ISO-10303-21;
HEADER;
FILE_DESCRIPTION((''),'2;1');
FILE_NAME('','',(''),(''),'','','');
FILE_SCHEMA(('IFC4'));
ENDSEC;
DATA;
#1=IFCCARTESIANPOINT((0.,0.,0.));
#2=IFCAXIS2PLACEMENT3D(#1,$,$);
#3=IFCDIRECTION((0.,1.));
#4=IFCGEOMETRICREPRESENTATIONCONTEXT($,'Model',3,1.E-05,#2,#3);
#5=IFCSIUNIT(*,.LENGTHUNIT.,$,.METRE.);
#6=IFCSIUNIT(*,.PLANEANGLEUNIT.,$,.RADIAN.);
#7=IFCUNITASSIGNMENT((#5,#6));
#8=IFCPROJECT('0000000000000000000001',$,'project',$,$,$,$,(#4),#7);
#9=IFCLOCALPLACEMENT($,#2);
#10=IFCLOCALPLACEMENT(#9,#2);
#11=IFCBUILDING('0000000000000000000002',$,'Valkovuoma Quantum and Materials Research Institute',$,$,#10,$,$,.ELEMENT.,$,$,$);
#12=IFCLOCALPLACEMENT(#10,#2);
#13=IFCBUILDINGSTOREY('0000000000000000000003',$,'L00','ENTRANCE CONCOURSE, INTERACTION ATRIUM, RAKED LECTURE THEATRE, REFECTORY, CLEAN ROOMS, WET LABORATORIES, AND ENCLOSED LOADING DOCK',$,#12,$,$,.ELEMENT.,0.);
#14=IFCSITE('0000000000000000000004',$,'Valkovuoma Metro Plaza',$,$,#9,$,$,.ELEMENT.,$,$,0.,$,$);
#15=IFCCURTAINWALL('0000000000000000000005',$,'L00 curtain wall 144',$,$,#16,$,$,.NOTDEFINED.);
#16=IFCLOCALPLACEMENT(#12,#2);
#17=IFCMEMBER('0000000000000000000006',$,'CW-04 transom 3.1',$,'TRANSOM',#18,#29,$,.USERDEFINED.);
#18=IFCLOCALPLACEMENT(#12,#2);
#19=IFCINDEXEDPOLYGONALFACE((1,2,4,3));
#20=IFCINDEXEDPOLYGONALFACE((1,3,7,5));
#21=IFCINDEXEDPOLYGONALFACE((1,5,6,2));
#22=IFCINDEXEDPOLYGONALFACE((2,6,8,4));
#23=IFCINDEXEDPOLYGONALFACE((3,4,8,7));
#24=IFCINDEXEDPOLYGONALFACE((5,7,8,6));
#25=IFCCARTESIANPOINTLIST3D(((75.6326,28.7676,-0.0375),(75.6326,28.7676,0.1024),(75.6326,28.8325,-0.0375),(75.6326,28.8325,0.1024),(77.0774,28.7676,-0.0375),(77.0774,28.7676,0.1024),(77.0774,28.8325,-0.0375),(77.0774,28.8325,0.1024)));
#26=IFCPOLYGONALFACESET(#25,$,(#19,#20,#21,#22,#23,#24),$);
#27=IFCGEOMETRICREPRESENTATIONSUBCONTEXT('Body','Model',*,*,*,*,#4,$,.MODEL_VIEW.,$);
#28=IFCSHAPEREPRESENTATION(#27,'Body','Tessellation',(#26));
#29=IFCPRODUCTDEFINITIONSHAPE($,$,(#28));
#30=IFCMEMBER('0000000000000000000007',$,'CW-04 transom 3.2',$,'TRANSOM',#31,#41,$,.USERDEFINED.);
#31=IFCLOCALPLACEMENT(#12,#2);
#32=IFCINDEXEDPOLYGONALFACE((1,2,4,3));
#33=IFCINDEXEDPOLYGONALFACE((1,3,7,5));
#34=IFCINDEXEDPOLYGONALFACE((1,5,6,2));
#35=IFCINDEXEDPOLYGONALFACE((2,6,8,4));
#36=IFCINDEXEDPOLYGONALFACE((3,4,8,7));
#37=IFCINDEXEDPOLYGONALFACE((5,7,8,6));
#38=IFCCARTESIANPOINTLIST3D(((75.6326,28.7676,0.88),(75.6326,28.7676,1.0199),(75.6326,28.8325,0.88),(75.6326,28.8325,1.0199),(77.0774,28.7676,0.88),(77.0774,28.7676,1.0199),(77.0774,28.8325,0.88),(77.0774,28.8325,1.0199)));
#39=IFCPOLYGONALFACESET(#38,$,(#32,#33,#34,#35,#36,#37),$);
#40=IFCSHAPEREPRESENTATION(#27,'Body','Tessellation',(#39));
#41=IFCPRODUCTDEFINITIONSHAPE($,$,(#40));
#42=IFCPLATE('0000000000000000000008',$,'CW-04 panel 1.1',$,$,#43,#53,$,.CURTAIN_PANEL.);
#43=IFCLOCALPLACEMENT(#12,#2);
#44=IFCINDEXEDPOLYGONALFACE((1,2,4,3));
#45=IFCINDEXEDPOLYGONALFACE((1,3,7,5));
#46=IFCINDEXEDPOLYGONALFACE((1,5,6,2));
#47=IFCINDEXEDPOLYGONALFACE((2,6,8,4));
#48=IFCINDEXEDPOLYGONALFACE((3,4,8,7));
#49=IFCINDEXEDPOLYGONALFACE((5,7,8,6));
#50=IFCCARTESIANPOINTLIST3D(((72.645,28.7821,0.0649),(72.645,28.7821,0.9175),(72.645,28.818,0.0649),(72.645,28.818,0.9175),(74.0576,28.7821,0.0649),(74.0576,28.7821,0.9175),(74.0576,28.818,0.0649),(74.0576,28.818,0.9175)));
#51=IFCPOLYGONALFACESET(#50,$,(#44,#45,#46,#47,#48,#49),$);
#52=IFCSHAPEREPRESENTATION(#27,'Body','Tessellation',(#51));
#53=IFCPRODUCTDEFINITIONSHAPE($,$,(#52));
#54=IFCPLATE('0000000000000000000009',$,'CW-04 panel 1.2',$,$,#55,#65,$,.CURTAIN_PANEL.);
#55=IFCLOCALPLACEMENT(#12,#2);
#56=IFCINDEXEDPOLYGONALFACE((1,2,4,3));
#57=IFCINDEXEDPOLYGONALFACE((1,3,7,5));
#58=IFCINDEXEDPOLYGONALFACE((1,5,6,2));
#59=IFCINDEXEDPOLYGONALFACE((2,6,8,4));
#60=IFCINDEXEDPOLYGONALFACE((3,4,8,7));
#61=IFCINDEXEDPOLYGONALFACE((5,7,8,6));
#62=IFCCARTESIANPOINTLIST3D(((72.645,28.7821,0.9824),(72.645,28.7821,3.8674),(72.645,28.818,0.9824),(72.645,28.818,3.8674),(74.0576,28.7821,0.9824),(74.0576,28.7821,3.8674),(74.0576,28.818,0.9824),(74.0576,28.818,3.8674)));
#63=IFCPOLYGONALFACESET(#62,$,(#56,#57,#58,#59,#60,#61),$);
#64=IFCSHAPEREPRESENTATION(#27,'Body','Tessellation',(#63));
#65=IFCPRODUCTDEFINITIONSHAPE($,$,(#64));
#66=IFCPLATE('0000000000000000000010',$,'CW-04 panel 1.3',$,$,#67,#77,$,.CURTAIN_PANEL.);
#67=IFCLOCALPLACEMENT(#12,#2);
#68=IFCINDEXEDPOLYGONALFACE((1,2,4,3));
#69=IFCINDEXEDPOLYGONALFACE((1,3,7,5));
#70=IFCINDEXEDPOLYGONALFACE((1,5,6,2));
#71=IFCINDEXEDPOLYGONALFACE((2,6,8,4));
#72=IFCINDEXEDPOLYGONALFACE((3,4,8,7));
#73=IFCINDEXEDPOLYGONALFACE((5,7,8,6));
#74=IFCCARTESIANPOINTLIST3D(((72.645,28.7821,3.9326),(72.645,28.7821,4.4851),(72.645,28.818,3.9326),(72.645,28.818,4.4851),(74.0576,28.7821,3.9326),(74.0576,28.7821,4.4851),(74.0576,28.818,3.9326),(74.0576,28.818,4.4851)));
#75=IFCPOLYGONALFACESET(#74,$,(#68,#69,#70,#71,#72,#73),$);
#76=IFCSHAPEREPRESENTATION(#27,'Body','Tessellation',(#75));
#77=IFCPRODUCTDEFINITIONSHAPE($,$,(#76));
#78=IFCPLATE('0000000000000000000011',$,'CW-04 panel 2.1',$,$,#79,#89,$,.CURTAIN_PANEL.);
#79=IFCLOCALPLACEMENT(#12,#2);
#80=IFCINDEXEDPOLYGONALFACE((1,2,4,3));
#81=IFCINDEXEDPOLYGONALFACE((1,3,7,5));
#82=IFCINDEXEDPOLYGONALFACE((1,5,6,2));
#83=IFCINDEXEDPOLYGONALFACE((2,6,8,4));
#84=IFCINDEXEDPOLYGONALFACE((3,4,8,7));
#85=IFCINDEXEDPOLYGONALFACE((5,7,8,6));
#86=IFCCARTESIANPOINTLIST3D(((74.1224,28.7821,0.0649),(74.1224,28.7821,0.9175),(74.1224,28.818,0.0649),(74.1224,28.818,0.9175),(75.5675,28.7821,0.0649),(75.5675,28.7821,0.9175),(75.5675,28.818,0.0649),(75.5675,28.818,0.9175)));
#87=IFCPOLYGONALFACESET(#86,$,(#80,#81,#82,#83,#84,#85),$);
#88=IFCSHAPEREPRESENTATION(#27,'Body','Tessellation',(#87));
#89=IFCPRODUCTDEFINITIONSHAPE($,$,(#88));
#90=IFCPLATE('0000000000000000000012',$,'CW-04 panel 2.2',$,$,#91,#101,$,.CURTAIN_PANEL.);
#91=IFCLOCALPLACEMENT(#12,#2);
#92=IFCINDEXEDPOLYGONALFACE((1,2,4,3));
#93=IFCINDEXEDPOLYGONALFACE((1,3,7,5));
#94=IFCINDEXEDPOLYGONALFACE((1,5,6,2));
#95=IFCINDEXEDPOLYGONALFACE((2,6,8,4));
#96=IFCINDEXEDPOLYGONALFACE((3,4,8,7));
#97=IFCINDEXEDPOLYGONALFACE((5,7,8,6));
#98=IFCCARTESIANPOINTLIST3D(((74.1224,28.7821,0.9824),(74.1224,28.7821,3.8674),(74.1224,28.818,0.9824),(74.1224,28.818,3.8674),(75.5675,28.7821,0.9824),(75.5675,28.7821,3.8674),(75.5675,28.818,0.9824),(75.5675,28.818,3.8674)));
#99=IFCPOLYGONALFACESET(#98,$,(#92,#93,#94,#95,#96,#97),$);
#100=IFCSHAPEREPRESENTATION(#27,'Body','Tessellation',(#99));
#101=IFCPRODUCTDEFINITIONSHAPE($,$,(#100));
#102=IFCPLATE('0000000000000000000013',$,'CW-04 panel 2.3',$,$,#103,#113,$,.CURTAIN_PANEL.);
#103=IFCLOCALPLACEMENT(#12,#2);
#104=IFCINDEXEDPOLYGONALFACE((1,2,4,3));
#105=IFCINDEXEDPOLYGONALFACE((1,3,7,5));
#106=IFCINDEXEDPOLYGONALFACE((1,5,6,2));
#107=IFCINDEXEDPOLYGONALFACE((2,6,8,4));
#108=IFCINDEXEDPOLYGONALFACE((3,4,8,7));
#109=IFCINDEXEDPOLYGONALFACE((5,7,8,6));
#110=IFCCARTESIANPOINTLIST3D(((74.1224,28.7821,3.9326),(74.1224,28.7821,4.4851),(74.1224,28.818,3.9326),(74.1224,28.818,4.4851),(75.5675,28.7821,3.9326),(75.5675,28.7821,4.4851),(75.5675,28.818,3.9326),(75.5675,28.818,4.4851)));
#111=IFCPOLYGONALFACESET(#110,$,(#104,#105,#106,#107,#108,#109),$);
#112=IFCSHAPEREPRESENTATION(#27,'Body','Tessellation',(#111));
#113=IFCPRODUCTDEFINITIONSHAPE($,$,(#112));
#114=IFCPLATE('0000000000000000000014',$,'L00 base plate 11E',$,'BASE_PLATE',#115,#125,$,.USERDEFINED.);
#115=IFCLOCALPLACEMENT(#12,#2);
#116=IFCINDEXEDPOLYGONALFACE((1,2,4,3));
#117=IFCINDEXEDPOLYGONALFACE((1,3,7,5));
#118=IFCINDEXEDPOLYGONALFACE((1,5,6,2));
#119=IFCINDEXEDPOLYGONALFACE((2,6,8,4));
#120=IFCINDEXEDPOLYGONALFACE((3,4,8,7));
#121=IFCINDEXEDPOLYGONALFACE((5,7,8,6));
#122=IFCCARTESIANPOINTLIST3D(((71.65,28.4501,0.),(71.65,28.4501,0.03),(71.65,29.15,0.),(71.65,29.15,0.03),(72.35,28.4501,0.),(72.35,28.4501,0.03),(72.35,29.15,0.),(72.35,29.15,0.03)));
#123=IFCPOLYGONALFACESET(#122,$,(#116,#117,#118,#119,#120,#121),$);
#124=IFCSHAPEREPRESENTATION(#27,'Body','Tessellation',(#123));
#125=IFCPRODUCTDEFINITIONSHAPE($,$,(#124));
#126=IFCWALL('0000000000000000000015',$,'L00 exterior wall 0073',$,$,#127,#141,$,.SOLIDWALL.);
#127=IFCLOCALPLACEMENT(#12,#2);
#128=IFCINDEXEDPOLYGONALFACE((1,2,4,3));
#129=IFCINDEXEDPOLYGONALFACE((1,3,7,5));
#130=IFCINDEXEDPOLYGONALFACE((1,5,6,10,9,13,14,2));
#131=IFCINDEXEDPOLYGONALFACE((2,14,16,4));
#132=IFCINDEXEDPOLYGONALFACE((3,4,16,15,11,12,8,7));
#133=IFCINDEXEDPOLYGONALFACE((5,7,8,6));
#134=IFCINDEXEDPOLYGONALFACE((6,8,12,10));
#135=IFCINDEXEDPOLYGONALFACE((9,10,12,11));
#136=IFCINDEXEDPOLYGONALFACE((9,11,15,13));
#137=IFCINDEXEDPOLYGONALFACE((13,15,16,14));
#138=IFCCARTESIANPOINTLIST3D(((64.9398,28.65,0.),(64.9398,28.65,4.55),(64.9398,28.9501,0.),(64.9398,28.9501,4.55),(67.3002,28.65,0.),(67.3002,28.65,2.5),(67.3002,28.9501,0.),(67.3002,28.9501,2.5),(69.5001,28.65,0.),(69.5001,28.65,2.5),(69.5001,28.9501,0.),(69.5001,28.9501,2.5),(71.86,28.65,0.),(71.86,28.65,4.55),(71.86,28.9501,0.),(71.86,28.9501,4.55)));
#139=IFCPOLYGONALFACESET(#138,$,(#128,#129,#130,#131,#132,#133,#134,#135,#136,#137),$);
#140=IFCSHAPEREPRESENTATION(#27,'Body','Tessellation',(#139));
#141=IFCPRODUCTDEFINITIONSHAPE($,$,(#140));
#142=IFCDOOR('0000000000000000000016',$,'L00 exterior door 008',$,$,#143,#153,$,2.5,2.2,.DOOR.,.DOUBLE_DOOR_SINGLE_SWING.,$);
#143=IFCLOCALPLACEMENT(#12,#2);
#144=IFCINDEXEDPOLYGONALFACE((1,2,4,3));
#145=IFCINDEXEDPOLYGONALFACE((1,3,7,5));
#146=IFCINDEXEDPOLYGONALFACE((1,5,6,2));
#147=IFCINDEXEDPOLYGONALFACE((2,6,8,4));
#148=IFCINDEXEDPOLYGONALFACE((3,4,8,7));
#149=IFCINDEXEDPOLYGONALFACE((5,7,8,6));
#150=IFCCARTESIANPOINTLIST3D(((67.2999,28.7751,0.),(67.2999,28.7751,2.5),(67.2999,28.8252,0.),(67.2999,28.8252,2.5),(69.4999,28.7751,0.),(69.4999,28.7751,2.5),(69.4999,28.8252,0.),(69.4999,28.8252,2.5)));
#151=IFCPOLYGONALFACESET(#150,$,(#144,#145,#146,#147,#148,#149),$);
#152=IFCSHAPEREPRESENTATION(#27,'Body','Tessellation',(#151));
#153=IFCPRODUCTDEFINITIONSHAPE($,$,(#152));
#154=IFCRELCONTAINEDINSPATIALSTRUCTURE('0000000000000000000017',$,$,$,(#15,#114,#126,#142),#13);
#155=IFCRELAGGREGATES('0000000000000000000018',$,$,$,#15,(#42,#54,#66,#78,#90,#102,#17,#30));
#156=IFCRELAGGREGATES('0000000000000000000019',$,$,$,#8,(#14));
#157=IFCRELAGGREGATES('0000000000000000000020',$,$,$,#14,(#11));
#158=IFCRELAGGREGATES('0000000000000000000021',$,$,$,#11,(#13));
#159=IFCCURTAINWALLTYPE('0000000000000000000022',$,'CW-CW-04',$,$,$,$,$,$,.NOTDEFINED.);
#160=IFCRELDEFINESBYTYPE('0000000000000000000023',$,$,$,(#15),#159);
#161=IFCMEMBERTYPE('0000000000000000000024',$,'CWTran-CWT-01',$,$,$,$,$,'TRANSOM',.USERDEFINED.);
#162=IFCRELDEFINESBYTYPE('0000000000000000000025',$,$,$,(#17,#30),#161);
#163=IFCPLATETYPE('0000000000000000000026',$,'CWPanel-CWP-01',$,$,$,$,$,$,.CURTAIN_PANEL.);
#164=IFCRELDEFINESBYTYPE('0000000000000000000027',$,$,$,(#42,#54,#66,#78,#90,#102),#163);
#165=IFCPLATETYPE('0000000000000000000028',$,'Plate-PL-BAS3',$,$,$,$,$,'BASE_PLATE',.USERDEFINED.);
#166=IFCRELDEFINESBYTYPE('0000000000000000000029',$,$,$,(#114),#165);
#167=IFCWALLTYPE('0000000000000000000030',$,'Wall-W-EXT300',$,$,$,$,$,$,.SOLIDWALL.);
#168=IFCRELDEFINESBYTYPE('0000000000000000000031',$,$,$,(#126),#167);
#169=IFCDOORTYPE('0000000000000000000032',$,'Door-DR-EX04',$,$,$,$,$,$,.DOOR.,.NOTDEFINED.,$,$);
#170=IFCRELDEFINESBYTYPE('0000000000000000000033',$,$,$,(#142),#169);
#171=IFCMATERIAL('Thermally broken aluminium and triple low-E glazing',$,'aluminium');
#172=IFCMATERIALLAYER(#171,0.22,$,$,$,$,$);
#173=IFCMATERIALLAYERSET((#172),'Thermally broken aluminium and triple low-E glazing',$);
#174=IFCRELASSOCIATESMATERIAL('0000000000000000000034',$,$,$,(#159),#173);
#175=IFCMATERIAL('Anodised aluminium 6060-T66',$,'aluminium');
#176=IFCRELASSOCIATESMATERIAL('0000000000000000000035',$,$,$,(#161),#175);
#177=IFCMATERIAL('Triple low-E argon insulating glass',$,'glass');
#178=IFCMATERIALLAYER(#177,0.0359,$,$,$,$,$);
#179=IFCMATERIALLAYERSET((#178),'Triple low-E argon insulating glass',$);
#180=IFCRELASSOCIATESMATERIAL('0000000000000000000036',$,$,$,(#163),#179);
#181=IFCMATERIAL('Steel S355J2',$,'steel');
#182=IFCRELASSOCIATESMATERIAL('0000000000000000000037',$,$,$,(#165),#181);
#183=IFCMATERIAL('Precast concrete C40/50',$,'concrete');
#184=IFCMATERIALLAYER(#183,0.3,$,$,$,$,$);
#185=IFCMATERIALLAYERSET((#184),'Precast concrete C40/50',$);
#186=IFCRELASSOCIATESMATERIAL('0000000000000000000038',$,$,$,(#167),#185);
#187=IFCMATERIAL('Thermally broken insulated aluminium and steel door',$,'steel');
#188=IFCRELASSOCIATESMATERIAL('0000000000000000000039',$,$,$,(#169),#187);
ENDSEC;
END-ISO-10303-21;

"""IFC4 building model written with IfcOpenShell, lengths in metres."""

from ifc_helpers import new_model, si_unit, direction, frame, frame_2d, origin, origin_2d, place, context, subcontext, project, spatial, rectangle, extrude, material, layer, layer_set, material_profile, profile_set, type_object, element, fill, aggregate, save


model = new_model("IFC4")

# Units and contexts
model_context = context("Model", 3, precision=1e-05, world=origin(), true_north=direction((0.0, 1.0)))
body_context = subcontext(model_context, "Body", "Model", "MODEL_VIEW")
ifc_project = project(units=[si_unit("LENGTHUNIT", "METRE"), si_unit("PLANEANGLEUNIT", "RADIAN")], contexts=[model_context])

# Site, building, storey
site_placement = place(None, origin())
site = spatial("IfcSite", under=ifc_project, at=site_placement, Name="Valkovuoma Metro Plaza", CompositionType="ELEMENT", RefElevation=0.0)
building_placement = place(site_placement, origin())
building = spatial("IfcBuilding", under=site, at=building_placement, Name="Valkovuoma Quantum and Materials Research Institute", CompositionType="ELEMENT")
storey_placement = place(building_placement, origin())
storey = spatial("IfcBuildingStorey", under=building, at=storey_placement, Name="L00", Description="ENTRANCE CONCOURSE, INTERACTION ATRIUM, RAKED LECTURE THEATRE, REFECTORY, CLEAN ROOMS, WET LABORATORIES, AND ENCLOSED LOADING DOCK", CompositionType="ELEMENT", Elevation=0.0)

# Curtain wall, members, plates
ifc_material_1 = material(Name="Thermally broken aluminium and triple low-E glazing", Category="aluminium")
ifc_layer_1 = layer(ifc_material_1, 0.22)
ifc_layer_set_1 = layer_set([ifc_layer_1], Name="Thermally broken aluminium and triple low-E glazing")
curtain_wall_type = type_object("IfcCurtainWallType", Name="CW-CW-04", PredefinedType="NOTDEFINED", material=ifc_layer_set_1)
curtain_wall_placement = place(storey_placement, origin())
curtain_wall = element("IfcCurtainWall", 1, at=curtain_wall_placement, inside=storey, type_object=curtain_wall_type, Name="L00 curtain wall 144", PredefinedType="NOTDEFINED")
ifc_material_2 = material(Name="Anodised aluminium 6060-T66", Category="aluminium")
ifc_material_profile_1 = material_profile(ifc_material_2, rectangle(XDim=0.0649, YDim=0.1399, at=origin_2d()), Name="Anodised aluminium 6060-T66")
ifc_profile_set_1 = profile_set([ifc_material_profile_1], Name="Anodised aluminium 6060-T66")
member_type_1 = type_object("IfcMemberType", Name="CWTran-CWT-01", ElementType="TRANSOM", PredefinedType="USERDEFINED", material=ifc_profile_set_1)
member_1_placement = place(storey_placement, frame((75.6326, 28.8, 0.0325), z_axis=(1.0, 0.0, 0.0), x_axis=(0.0, 1.0, 0.0)))
member_1 = element("IfcMember", 2, at=member_1_placement, type_object=member_type_1, Name="CW-04 transom 3.1", ObjectType="TRANSOM", PredefinedType="USERDEFINED", context=body_context, shape_type="SweptSolid", body=[
    extrude(rectangle(XDim=0.0649, YDim=0.1399, at=origin_2d()), origin(), (0.0, 0.0, 1.0), 1.4448),
])
member_2_placement = place(storey_placement, frame((75.6326, 28.8, 0.95), z_axis=(1.0, 0.0, 0.0), x_axis=(0.0, 1.0, 0.0)))
member_2 = element("IfcMember", 3, at=member_2_placement, type_object=member_type_1, Name="CW-04 transom 3.2", ObjectType="TRANSOM", PredefinedType="USERDEFINED", context=body_context, shape_type="SweptSolid", body=[
    extrude(rectangle(XDim=0.0649, YDim=0.1399, at=origin_2d()), origin(), (0.0, 0.0, 1.0), 1.4448),
])
ifc_material_3 = material(Name="Triple low-E argon insulating glass", Category="glass")
ifc_layer_2 = layer(ifc_material_3, 0.0359)
ifc_layer_set_2 = layer_set([ifc_layer_2], Name="Triple low-E argon insulating glass")
plate_type_1 = type_object("IfcPlateType", Name="CWPanel-CWP-01", PredefinedType="CURTAIN_PANEL", material=ifc_layer_set_2)
plate_1_placement = place(storey_placement, frame((73.3513, 28.8, 0.0649), z_axis=(0.0, 0.0, 1.0), x_axis=(1.0, 0.0, 0.0)))
plate_1 = element("IfcPlate", 4, at=plate_1_placement, type_object=plate_type_1, Name="CW-04 panel 1.1", PredefinedType="CURTAIN_PANEL", context=body_context, shape_type="SweptSolid", body=[
    extrude(rectangle(XDim=1.4126, YDim=0.0359, at=origin_2d()), origin(), (0.0, 0.0, 1.0), 0.8525),
])
plate_2_placement = place(storey_placement, frame((73.3513, 28.8, 0.9824), z_axis=(0.0, 0.0, 1.0), x_axis=(1.0, 0.0, 0.0)))
plate_2 = element("IfcPlate", 5, at=plate_2_placement, type_object=plate_type_1, Name="CW-04 panel 1.2", PredefinedType="CURTAIN_PANEL", context=body_context, shape_type="SweptSolid", body=[
    extrude(rectangle(XDim=1.4126, YDim=0.0359, at=origin_2d()), origin(), (0.0, 0.0, 1.0), 2.885),
])
plate_3_placement = place(storey_placement, frame((73.3513, 28.8, 3.9326), z_axis=(0.0, 0.0, 1.0), x_axis=(1.0, 0.0, 0.0)))
plate_3 = element("IfcPlate", 6, at=plate_3_placement, type_object=plate_type_1, Name="CW-04 panel 1.3", PredefinedType="CURTAIN_PANEL", context=body_context, shape_type="SweptSolid", body=[
    extrude(rectangle(XDim=1.4126, YDim=0.0359, at=origin_2d()), origin(), (0.0, 0.0, 1.0), 0.5525),
])
plate_4_placement = place(storey_placement, frame((74.845, 28.8, 0.0649), z_axis=(0.0, 0.0, 1.0), x_axis=(1.0, 0.0, 0.0)))
plate_4 = element("IfcPlate", 7, at=plate_4_placement, type_object=plate_type_1, Name="CW-04 panel 2.1", PredefinedType="CURTAIN_PANEL", context=body_context, shape_type="SweptSolid", body=[
    extrude(rectangle(XDim=1.4451, YDim=0.0359, at=origin_2d()), origin(), (0.0, 0.0, 1.0), 0.8525),
])
plate_5_placement = place(storey_placement, frame((74.845, 28.8, 0.9824), z_axis=(0.0, 0.0, 1.0), x_axis=(1.0, 0.0, 0.0)))
plate_5 = element("IfcPlate", 8, at=plate_5_placement, type_object=plate_type_1, Name="CW-04 panel 2.2", PredefinedType="CURTAIN_PANEL", context=body_context, shape_type="SweptSolid", body=[
    extrude(rectangle(XDim=1.4451, YDim=0.0359, at=origin_2d()), origin(), (0.0, 0.0, 1.0), 2.885),
])
plate_6_placement = place(storey_placement, frame((74.845, 28.8, 3.9326), z_axis=(0.0, 0.0, 1.0), x_axis=(1.0, 0.0, 0.0)))
plate_6 = element("IfcPlate", 9, at=plate_6_placement, type_object=plate_type_1, Name="CW-04 panel 2.3", PredefinedType="CURTAIN_PANEL", context=body_context, shape_type="SweptSolid", body=[
    extrude(rectangle(XDim=1.4451, YDim=0.0359, at=origin_2d()), origin(), (0.0, 0.0, 1.0), 0.5525),
])
aggregate(curtain_wall, [plate_1, plate_2, plate_3, plate_4, plate_5, plate_6, member_1, member_2])

# Plate
ifc_material_4 = material(Name="Steel S355J2", Category="steel")
plate_type_2 = type_object("IfcPlateType", Name="Plate-PL-BAS3", ElementType="BASE_PLATE", PredefinedType="USERDEFINED", material=ifc_material_4)
plate_7_placement = place(storey_placement, frame((72.0, 28.8, 0.0), z_axis=(0.0, 0.0, 1.0), x_axis=(1.0, 0.0, 0.0)))
element("IfcPlate", 10, at=plate_7_placement, inside=storey, type_object=plate_type_2, Name="L00 base plate 11E", ObjectType="BASE_PLATE", PredefinedType="USERDEFINED", context=body_context, shape_type="SweptSolid", body=[
    extrude(rectangle(XDim=0.7, YDim=0.7, at=origin_2d()), origin(), (0.0, 0.0, 1.0), 0.03),
])

# Wall, opening, door
ifc_material_5 = material(Name="Precast concrete C40/50", Category="concrete")
ifc_layer_3 = layer(ifc_material_5, 0.3)
ifc_layer_set_3 = layer_set([ifc_layer_3], Name="Precast concrete C40/50")
wall_type = type_object("IfcWallType", Name="Wall-W-EXT300", PredefinedType="SOLIDWALL", material=ifc_layer_set_3)
wall_placement = place(storey_placement, frame((64.9399, 28.8, 0.0), z_axis=(0.0, 0.0, 1.0), x_axis=(1.0, 0.0, 0.0)))
wall = element("IfcWall", 11, at=wall_placement, inside=storey, type_object=wall_type, Name="L00 exterior wall 0073", PredefinedType="SOLIDWALL", context=body_context, shape_type="SweptSolid", body=[
    extrude(rectangle(XDim=6.9202, YDim=0.3, at=frame_2d((3.46, 0.0))), origin(), (0.0, 0.0, 1.0), 4.55),
])
opening_placement = place(wall_placement, frame((2.3601, 0.0, 0.0)))
opening = element("IfcOpeningElement", 12, at=opening_placement, cuts=wall, PredefinedType="OPENING", context=body_context, shape_type="SweptSolid", body=[
    extrude(rectangle(XDim=2.2, YDim=2.5, at=frame_2d((1.1001, 1.25))), frame((0.0, 0.1602, 0.0), z_axis=(0.0, -1.0, 0.0), x_axis=(1.0, 0.0, 0.0)), (0.0, 0.0, 1.0), 0.3201),
])
ifc_material_6 = material(Name="Thermally broken insulated aluminium and steel door", Category="steel")
door_type = type_object("IfcDoorType", Name="Door-DR-EX04", OperationType="NOTDEFINED", PredefinedType="DOOR", material=ifc_material_6)
door_placement = place(opening_placement, frame((2.2, 0.0, 0.0), z_axis=(0.0, 0.0, 1.0), x_axis=(-1.0, 0.0, 0.0)))
door = element("IfcDoor", 13, at=door_placement, inside=storey, type_object=door_type, Name="L00 exterior door 008", OperationType="DOUBLE_DOOR_SINGLE_SWING", OverallHeight=2.5, OverallWidth=2.2, PredefinedType="DOOR", context=body_context, shape_type="SweptSolid", body=[
    extrude(rectangle(XDim=2.2, YDim=2.5, at=frame_2d((1.1001, 1.25))), frame((0.0, 0.0249, 0.0), z_axis=(0.0, -1.0, 0.0), x_axis=(1.0, 0.0, 0.0)), (0.0, 0.0, 1.0), 0.05),
])
fill(opening, door)

save(model, "model.ifc")
